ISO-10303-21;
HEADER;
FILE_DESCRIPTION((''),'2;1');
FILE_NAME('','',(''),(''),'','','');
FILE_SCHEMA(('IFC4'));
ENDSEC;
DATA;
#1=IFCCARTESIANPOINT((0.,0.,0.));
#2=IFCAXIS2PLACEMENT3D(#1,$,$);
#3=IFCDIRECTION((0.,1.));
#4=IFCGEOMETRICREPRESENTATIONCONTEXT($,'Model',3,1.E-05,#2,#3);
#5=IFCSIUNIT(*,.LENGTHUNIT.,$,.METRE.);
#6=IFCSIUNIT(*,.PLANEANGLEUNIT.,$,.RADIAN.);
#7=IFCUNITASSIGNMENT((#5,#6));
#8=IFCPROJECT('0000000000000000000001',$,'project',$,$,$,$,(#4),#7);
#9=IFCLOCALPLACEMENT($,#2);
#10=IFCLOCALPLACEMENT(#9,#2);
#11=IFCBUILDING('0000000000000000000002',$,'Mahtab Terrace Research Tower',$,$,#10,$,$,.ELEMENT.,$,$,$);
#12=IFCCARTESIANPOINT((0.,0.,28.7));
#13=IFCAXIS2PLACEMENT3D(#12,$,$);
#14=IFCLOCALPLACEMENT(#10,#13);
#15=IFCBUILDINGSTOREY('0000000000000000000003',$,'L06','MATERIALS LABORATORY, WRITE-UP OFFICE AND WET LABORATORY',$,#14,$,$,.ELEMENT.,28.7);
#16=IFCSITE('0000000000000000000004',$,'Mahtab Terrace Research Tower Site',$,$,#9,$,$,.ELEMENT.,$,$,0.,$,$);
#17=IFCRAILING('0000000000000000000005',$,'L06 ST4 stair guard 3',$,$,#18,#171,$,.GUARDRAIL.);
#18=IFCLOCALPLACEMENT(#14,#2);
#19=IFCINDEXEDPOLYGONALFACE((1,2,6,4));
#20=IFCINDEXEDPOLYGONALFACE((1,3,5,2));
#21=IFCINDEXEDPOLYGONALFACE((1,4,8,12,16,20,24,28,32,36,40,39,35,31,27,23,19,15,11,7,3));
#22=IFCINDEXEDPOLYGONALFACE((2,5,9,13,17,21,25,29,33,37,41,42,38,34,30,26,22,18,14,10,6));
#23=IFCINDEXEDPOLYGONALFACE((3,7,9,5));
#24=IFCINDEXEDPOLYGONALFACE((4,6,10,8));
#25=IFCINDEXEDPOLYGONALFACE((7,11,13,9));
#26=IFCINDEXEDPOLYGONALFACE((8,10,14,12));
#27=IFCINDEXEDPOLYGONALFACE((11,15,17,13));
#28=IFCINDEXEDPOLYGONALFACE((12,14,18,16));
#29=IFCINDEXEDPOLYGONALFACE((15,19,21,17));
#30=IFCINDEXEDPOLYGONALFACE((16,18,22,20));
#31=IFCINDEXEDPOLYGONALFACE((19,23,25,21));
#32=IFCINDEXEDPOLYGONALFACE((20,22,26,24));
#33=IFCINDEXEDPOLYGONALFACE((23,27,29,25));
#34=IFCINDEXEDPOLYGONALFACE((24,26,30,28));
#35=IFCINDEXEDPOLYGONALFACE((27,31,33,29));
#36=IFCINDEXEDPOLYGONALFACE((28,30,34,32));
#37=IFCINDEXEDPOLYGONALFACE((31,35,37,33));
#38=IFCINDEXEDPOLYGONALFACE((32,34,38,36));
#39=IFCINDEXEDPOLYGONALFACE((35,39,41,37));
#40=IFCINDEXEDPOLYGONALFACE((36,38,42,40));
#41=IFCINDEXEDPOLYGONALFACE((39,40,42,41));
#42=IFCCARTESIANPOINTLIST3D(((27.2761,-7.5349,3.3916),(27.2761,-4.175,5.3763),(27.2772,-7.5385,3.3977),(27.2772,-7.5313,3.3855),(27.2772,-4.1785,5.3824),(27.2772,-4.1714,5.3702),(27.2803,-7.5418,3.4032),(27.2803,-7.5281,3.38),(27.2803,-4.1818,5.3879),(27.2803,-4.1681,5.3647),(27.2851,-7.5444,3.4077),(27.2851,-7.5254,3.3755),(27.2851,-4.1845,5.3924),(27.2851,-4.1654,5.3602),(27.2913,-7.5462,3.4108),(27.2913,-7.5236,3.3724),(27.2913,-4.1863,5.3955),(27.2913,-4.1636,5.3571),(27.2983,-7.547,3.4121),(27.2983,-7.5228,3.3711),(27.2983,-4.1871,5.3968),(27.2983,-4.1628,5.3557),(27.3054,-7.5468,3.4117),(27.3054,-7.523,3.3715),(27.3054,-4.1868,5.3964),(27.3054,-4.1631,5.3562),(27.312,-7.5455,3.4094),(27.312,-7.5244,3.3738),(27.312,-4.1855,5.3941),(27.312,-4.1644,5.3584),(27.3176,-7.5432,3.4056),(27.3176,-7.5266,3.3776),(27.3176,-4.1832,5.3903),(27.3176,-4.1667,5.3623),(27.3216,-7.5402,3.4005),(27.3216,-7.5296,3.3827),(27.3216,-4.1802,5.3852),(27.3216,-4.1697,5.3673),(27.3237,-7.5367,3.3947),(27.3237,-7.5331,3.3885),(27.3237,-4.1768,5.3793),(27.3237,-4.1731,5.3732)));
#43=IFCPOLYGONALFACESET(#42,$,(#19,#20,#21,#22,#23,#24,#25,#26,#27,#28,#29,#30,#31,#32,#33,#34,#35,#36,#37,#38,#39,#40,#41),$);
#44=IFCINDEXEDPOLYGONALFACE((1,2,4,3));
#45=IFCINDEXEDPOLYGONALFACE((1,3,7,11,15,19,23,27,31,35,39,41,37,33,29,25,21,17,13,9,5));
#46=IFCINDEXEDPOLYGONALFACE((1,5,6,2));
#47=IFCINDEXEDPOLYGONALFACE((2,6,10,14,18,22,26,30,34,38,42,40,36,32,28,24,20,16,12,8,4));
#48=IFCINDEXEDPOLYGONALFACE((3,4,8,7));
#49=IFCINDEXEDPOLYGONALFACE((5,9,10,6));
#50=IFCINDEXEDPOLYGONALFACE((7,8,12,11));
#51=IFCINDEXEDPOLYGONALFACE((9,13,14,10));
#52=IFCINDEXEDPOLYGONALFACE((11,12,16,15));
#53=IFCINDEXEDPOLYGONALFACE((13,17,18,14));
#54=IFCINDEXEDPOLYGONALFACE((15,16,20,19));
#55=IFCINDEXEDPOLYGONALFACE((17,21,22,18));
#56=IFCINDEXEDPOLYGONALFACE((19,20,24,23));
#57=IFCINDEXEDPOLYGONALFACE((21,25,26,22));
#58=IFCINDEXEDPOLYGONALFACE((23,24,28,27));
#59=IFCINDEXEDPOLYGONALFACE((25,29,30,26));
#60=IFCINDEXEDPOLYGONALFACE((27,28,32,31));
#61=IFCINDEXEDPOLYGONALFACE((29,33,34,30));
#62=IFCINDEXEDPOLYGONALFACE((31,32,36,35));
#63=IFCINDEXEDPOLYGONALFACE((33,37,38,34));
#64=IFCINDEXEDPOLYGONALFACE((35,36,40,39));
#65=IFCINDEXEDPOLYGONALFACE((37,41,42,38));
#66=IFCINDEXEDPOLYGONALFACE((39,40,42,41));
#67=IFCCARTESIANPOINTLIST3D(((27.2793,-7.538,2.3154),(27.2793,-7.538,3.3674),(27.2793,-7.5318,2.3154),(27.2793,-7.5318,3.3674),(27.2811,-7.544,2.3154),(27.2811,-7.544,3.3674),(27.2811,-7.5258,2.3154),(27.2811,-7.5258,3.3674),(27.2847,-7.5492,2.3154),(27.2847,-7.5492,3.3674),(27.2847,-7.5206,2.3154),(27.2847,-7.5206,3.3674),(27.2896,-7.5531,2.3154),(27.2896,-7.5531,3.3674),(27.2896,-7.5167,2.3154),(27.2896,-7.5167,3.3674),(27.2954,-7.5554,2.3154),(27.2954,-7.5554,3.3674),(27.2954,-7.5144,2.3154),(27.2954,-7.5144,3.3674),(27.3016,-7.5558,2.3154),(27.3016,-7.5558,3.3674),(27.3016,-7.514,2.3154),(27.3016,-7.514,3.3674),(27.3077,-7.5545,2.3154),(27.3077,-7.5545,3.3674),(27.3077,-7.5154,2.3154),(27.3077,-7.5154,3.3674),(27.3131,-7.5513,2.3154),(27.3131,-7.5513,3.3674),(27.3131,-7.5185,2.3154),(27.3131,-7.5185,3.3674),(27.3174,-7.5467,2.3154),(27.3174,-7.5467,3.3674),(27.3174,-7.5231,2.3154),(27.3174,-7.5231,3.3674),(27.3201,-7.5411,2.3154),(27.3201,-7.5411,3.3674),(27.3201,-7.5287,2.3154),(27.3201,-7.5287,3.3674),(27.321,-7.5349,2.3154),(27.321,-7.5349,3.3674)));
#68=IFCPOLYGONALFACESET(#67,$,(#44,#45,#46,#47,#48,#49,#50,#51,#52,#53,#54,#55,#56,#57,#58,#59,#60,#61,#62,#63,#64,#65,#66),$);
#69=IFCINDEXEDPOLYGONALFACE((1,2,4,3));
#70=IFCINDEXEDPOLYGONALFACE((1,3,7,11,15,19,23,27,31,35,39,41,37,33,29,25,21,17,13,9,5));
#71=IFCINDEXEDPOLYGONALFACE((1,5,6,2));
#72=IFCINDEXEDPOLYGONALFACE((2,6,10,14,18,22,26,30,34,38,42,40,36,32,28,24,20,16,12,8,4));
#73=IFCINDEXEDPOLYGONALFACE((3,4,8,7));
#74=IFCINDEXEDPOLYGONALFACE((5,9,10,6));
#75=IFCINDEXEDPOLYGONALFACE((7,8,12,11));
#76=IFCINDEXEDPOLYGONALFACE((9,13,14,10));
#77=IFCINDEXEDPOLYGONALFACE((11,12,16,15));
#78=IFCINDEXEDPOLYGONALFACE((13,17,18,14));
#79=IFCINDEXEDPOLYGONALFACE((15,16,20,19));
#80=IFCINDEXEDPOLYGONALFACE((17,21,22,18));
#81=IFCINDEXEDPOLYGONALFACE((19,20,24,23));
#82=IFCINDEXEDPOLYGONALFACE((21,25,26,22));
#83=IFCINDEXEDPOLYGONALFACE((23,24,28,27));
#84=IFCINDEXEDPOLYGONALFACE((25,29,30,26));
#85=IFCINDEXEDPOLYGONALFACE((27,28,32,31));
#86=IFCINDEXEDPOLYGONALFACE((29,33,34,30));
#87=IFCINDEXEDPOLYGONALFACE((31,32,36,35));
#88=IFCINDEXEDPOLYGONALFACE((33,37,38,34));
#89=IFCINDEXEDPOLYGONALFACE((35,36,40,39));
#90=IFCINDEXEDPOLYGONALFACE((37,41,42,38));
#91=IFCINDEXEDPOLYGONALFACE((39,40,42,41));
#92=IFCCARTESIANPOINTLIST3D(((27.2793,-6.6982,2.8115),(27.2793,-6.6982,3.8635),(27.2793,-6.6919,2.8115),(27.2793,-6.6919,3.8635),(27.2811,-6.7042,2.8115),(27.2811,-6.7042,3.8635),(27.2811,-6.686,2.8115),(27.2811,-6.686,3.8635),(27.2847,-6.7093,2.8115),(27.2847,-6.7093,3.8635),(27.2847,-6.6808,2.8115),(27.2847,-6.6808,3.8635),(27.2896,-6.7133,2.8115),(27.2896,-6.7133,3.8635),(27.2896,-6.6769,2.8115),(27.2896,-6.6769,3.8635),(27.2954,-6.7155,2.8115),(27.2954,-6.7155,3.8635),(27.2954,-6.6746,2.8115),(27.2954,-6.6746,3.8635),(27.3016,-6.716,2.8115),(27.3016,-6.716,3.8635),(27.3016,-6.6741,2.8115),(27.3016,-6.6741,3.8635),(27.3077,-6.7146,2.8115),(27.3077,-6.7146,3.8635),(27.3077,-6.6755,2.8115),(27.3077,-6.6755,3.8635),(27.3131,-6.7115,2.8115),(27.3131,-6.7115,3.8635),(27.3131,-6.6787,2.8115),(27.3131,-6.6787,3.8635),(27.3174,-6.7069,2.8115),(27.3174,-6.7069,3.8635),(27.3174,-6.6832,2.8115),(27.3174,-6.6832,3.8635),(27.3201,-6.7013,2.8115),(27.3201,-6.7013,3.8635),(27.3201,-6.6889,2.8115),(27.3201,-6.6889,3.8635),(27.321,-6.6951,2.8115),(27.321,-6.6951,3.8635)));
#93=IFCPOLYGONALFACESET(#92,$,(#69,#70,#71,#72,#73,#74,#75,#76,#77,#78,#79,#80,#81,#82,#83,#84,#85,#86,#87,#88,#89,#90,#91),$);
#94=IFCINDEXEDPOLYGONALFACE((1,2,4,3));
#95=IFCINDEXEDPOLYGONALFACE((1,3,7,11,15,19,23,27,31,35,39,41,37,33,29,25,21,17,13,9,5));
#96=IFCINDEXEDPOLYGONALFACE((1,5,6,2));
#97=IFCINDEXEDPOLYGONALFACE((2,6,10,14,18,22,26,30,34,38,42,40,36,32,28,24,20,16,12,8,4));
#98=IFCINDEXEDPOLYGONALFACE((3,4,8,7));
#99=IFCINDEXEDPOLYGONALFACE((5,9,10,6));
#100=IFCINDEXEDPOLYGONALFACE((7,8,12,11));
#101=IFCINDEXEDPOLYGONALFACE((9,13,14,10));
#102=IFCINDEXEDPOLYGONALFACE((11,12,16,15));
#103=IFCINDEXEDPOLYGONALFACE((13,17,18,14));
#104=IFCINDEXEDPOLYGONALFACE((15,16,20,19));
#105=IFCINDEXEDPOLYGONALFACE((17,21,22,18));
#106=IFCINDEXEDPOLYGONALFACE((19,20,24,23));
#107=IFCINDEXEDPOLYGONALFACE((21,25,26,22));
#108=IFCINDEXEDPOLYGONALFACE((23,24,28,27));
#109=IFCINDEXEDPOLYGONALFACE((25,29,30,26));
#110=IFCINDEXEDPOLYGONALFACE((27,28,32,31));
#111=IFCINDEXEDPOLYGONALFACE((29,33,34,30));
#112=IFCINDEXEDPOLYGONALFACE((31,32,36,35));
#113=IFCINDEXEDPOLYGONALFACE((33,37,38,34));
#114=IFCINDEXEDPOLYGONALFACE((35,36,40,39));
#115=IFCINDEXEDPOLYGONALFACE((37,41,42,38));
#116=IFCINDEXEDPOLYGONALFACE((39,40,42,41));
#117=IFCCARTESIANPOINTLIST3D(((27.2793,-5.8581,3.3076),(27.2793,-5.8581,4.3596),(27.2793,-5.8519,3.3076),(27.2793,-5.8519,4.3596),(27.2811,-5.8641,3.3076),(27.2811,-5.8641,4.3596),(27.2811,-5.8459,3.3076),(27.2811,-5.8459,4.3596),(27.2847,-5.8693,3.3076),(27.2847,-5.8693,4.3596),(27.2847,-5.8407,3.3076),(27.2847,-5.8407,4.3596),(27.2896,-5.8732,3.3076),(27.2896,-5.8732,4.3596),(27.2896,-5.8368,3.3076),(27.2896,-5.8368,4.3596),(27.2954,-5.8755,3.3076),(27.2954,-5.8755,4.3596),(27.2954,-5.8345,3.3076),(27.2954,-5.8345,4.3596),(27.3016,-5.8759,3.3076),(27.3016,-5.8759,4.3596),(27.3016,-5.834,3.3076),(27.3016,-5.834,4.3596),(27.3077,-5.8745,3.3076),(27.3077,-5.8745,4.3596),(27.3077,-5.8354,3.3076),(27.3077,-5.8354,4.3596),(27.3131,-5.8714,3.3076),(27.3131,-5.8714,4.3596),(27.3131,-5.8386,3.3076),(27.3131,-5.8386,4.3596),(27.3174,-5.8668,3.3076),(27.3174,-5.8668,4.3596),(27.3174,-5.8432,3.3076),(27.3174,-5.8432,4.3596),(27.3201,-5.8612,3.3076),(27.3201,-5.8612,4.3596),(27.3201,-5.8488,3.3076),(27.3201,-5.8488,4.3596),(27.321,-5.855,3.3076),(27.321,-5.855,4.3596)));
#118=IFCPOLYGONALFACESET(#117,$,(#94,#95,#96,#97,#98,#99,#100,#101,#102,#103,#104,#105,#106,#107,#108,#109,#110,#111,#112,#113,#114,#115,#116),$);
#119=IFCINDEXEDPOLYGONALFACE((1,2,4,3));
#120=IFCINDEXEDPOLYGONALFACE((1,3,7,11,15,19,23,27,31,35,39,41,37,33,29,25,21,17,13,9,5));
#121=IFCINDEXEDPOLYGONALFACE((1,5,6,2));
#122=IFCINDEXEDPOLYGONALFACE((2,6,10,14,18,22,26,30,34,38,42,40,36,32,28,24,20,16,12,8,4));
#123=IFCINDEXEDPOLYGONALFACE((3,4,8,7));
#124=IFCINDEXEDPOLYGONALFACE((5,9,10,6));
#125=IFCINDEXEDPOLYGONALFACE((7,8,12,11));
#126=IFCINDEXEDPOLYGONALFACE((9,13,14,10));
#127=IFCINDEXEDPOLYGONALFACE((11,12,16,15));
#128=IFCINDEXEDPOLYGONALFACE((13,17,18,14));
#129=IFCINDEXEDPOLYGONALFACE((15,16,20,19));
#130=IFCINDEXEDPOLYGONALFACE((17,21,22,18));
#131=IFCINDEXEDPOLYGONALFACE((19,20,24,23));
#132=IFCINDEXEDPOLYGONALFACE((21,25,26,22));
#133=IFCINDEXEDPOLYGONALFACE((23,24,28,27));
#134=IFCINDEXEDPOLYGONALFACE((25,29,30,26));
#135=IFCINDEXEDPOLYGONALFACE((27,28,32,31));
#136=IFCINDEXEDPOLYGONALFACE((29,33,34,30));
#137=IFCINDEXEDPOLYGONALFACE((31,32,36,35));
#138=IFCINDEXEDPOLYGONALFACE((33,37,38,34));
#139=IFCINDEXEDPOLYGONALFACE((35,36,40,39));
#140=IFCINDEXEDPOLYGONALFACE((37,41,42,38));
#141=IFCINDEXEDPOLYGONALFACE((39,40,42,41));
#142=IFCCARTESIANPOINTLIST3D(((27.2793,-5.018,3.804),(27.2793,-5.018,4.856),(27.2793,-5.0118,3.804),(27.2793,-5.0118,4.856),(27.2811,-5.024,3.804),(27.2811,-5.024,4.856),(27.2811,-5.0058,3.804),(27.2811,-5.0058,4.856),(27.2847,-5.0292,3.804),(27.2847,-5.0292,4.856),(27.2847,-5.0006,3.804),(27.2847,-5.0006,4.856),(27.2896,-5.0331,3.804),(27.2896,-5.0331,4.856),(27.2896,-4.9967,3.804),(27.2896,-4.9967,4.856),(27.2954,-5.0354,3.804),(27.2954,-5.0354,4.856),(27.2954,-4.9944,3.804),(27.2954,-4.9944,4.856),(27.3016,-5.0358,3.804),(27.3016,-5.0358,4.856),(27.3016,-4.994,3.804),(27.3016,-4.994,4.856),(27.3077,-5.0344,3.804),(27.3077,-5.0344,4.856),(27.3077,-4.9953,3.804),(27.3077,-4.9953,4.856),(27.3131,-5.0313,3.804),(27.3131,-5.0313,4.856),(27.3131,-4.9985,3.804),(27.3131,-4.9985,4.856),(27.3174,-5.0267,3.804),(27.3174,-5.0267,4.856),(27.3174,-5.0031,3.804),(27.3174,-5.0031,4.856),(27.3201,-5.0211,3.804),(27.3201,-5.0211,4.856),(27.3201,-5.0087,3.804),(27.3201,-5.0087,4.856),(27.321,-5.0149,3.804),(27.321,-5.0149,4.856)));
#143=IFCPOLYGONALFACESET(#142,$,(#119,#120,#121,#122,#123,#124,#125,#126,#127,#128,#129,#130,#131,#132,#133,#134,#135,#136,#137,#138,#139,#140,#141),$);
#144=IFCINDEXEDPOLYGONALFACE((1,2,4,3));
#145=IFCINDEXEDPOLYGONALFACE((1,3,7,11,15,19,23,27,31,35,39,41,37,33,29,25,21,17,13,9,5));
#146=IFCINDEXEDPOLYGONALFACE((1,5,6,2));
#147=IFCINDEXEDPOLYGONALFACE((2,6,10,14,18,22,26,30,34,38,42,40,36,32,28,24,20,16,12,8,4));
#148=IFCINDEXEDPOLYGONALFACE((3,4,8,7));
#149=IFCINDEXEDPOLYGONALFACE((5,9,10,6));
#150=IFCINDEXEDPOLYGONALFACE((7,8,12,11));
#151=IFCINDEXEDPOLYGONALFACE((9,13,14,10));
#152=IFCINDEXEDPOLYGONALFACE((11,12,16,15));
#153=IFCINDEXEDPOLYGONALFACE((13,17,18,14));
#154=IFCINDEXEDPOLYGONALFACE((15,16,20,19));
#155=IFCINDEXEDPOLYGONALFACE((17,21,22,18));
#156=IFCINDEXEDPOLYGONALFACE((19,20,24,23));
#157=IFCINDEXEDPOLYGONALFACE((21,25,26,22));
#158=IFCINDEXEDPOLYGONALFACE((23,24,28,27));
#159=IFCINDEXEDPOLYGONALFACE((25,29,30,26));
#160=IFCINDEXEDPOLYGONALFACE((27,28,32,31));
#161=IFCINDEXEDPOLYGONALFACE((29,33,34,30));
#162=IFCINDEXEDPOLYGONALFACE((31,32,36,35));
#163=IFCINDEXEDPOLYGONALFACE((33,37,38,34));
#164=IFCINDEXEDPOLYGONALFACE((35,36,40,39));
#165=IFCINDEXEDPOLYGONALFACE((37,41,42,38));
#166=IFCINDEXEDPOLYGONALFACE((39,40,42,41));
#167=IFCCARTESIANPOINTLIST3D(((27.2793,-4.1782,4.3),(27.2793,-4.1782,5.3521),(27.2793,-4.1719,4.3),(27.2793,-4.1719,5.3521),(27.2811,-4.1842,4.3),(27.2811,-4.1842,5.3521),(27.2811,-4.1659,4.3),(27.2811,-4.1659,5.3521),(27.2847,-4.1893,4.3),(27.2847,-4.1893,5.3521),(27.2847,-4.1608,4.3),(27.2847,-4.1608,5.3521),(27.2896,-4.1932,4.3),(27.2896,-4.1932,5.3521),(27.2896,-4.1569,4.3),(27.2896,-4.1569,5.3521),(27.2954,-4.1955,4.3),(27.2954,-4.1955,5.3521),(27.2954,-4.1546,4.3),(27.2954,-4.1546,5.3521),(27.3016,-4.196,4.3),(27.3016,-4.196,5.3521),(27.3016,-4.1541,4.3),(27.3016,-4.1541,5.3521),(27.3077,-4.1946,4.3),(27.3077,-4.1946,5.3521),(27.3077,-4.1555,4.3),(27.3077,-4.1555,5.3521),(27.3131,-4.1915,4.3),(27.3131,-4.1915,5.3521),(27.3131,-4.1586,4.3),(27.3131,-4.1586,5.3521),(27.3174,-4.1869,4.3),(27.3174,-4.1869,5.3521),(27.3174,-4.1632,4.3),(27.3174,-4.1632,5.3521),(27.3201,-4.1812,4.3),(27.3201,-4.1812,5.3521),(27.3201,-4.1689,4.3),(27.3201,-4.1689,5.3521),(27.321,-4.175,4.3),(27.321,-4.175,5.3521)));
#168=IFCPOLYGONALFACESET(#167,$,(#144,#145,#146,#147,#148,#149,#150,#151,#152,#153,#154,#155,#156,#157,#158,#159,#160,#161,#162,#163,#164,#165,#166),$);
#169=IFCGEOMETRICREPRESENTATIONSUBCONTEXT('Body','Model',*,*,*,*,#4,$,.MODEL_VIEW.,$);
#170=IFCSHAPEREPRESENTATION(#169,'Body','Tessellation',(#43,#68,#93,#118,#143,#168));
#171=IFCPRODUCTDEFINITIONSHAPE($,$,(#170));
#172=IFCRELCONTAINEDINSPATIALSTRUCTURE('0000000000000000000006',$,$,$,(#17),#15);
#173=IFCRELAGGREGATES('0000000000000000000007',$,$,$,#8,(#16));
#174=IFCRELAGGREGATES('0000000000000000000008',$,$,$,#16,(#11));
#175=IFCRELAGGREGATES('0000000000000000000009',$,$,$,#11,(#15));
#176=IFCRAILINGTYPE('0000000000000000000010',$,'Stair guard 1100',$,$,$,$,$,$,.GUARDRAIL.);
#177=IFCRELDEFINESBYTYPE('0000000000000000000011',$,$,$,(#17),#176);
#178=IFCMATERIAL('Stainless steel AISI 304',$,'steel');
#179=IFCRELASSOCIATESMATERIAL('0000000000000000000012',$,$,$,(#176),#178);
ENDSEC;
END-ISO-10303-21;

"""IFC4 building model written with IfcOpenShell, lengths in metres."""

from ifc_helpers import new_model, si_unit, direction, frame, origin, origin_2d, place, context, subcontext, project, spatial, circle, extrude, material, type_object, element, save


model = new_model("IFC4")

# Units and contexts
model_context = context("Model", 3, precision=1e-05, world=origin(), true_north=direction((0.0, 1.0)))
body_context = subcontext(model_context, "Body", "Model", "MODEL_VIEW")
ifc_project = project(units=[si_unit("LENGTHUNIT", "METRE"), si_unit("PLANEANGLEUNIT", "RADIAN")], contexts=[model_context])

# Site, building, storey
site_placement = place(None, origin())
site = spatial("IfcSite", under=ifc_project, at=site_placement, Name="Mahtab Terrace Research Tower Site", CompositionType="ELEMENT", RefElevation=0.0)
building_placement = place(site_placement, origin())
building = spatial("IfcBuilding", under=site, at=building_placement, Name="Mahtab Terrace Research Tower", CompositionType="ELEMENT")
storey_placement = place(building_placement, frame((0.0, 0.0, 28.7)))
storey = spatial("IfcBuildingStorey", under=building, at=storey_placement, Name="L06", Description="MATERIALS LABORATORY, WRITE-UP OFFICE AND WET LABORATORY", CompositionType="ELEMENT", Elevation=28.7)

# Shared definitions
ifc_material_1 = material(Name="Stainless steel AISI 304", Category="steel")

# Railing
railing_type_1 = type_object("IfcRailingType", Name="Stair guard 1100", PredefinedType="GUARDRAIL", material=ifc_material_1)
railing_1_placement = place(storey_placement, frame((27.3, -7.5349, 2.3154)))
element("IfcRailing", 1, at=railing_1_placement, inside=storey, type_object=railing_type_1, Name="L06 ST4 stair guard 3", PredefinedType="GUARDRAIL", context=body_context, shape_type="SweptSolid", body=[
    extrude(circle(Radius=0.0239, at=origin_2d()), frame((0.0, 0.0, 1.0762), z_axis=(0.0, 0.861011, 0.508586), x_axis=(-1.0, 0.0, 0.0)), (0.0, 0.0, 1.0), 3.9023),
    extrude(circle(Radius=0.021, at=origin_2d()), origin(), (0.0, 0.0, 1.0), 1.052),
    extrude(circle(Radius=0.021, at=origin_2d()), frame((0.0, 0.8398, 0.4961)), (0.0, 0.0, 1.0), 1.052),
    extrude(circle(Radius=0.021, at=origin_2d()), frame((0.0, 1.6799, 0.9922)), (0.0, 0.0, 1.0), 1.052),
    extrude(circle(Radius=0.021, at=origin_2d()), frame((0.0, 2.52, 1.4885)), (0.0, 0.0, 1.0), 1.052),
    extrude(circle(Radius=0.021, at=origin_2d()), frame((0.0, 3.3599, 1.9846)), (0.0, 0.0, 1.0), 1.052),
])

save(model, "model.ifc")
